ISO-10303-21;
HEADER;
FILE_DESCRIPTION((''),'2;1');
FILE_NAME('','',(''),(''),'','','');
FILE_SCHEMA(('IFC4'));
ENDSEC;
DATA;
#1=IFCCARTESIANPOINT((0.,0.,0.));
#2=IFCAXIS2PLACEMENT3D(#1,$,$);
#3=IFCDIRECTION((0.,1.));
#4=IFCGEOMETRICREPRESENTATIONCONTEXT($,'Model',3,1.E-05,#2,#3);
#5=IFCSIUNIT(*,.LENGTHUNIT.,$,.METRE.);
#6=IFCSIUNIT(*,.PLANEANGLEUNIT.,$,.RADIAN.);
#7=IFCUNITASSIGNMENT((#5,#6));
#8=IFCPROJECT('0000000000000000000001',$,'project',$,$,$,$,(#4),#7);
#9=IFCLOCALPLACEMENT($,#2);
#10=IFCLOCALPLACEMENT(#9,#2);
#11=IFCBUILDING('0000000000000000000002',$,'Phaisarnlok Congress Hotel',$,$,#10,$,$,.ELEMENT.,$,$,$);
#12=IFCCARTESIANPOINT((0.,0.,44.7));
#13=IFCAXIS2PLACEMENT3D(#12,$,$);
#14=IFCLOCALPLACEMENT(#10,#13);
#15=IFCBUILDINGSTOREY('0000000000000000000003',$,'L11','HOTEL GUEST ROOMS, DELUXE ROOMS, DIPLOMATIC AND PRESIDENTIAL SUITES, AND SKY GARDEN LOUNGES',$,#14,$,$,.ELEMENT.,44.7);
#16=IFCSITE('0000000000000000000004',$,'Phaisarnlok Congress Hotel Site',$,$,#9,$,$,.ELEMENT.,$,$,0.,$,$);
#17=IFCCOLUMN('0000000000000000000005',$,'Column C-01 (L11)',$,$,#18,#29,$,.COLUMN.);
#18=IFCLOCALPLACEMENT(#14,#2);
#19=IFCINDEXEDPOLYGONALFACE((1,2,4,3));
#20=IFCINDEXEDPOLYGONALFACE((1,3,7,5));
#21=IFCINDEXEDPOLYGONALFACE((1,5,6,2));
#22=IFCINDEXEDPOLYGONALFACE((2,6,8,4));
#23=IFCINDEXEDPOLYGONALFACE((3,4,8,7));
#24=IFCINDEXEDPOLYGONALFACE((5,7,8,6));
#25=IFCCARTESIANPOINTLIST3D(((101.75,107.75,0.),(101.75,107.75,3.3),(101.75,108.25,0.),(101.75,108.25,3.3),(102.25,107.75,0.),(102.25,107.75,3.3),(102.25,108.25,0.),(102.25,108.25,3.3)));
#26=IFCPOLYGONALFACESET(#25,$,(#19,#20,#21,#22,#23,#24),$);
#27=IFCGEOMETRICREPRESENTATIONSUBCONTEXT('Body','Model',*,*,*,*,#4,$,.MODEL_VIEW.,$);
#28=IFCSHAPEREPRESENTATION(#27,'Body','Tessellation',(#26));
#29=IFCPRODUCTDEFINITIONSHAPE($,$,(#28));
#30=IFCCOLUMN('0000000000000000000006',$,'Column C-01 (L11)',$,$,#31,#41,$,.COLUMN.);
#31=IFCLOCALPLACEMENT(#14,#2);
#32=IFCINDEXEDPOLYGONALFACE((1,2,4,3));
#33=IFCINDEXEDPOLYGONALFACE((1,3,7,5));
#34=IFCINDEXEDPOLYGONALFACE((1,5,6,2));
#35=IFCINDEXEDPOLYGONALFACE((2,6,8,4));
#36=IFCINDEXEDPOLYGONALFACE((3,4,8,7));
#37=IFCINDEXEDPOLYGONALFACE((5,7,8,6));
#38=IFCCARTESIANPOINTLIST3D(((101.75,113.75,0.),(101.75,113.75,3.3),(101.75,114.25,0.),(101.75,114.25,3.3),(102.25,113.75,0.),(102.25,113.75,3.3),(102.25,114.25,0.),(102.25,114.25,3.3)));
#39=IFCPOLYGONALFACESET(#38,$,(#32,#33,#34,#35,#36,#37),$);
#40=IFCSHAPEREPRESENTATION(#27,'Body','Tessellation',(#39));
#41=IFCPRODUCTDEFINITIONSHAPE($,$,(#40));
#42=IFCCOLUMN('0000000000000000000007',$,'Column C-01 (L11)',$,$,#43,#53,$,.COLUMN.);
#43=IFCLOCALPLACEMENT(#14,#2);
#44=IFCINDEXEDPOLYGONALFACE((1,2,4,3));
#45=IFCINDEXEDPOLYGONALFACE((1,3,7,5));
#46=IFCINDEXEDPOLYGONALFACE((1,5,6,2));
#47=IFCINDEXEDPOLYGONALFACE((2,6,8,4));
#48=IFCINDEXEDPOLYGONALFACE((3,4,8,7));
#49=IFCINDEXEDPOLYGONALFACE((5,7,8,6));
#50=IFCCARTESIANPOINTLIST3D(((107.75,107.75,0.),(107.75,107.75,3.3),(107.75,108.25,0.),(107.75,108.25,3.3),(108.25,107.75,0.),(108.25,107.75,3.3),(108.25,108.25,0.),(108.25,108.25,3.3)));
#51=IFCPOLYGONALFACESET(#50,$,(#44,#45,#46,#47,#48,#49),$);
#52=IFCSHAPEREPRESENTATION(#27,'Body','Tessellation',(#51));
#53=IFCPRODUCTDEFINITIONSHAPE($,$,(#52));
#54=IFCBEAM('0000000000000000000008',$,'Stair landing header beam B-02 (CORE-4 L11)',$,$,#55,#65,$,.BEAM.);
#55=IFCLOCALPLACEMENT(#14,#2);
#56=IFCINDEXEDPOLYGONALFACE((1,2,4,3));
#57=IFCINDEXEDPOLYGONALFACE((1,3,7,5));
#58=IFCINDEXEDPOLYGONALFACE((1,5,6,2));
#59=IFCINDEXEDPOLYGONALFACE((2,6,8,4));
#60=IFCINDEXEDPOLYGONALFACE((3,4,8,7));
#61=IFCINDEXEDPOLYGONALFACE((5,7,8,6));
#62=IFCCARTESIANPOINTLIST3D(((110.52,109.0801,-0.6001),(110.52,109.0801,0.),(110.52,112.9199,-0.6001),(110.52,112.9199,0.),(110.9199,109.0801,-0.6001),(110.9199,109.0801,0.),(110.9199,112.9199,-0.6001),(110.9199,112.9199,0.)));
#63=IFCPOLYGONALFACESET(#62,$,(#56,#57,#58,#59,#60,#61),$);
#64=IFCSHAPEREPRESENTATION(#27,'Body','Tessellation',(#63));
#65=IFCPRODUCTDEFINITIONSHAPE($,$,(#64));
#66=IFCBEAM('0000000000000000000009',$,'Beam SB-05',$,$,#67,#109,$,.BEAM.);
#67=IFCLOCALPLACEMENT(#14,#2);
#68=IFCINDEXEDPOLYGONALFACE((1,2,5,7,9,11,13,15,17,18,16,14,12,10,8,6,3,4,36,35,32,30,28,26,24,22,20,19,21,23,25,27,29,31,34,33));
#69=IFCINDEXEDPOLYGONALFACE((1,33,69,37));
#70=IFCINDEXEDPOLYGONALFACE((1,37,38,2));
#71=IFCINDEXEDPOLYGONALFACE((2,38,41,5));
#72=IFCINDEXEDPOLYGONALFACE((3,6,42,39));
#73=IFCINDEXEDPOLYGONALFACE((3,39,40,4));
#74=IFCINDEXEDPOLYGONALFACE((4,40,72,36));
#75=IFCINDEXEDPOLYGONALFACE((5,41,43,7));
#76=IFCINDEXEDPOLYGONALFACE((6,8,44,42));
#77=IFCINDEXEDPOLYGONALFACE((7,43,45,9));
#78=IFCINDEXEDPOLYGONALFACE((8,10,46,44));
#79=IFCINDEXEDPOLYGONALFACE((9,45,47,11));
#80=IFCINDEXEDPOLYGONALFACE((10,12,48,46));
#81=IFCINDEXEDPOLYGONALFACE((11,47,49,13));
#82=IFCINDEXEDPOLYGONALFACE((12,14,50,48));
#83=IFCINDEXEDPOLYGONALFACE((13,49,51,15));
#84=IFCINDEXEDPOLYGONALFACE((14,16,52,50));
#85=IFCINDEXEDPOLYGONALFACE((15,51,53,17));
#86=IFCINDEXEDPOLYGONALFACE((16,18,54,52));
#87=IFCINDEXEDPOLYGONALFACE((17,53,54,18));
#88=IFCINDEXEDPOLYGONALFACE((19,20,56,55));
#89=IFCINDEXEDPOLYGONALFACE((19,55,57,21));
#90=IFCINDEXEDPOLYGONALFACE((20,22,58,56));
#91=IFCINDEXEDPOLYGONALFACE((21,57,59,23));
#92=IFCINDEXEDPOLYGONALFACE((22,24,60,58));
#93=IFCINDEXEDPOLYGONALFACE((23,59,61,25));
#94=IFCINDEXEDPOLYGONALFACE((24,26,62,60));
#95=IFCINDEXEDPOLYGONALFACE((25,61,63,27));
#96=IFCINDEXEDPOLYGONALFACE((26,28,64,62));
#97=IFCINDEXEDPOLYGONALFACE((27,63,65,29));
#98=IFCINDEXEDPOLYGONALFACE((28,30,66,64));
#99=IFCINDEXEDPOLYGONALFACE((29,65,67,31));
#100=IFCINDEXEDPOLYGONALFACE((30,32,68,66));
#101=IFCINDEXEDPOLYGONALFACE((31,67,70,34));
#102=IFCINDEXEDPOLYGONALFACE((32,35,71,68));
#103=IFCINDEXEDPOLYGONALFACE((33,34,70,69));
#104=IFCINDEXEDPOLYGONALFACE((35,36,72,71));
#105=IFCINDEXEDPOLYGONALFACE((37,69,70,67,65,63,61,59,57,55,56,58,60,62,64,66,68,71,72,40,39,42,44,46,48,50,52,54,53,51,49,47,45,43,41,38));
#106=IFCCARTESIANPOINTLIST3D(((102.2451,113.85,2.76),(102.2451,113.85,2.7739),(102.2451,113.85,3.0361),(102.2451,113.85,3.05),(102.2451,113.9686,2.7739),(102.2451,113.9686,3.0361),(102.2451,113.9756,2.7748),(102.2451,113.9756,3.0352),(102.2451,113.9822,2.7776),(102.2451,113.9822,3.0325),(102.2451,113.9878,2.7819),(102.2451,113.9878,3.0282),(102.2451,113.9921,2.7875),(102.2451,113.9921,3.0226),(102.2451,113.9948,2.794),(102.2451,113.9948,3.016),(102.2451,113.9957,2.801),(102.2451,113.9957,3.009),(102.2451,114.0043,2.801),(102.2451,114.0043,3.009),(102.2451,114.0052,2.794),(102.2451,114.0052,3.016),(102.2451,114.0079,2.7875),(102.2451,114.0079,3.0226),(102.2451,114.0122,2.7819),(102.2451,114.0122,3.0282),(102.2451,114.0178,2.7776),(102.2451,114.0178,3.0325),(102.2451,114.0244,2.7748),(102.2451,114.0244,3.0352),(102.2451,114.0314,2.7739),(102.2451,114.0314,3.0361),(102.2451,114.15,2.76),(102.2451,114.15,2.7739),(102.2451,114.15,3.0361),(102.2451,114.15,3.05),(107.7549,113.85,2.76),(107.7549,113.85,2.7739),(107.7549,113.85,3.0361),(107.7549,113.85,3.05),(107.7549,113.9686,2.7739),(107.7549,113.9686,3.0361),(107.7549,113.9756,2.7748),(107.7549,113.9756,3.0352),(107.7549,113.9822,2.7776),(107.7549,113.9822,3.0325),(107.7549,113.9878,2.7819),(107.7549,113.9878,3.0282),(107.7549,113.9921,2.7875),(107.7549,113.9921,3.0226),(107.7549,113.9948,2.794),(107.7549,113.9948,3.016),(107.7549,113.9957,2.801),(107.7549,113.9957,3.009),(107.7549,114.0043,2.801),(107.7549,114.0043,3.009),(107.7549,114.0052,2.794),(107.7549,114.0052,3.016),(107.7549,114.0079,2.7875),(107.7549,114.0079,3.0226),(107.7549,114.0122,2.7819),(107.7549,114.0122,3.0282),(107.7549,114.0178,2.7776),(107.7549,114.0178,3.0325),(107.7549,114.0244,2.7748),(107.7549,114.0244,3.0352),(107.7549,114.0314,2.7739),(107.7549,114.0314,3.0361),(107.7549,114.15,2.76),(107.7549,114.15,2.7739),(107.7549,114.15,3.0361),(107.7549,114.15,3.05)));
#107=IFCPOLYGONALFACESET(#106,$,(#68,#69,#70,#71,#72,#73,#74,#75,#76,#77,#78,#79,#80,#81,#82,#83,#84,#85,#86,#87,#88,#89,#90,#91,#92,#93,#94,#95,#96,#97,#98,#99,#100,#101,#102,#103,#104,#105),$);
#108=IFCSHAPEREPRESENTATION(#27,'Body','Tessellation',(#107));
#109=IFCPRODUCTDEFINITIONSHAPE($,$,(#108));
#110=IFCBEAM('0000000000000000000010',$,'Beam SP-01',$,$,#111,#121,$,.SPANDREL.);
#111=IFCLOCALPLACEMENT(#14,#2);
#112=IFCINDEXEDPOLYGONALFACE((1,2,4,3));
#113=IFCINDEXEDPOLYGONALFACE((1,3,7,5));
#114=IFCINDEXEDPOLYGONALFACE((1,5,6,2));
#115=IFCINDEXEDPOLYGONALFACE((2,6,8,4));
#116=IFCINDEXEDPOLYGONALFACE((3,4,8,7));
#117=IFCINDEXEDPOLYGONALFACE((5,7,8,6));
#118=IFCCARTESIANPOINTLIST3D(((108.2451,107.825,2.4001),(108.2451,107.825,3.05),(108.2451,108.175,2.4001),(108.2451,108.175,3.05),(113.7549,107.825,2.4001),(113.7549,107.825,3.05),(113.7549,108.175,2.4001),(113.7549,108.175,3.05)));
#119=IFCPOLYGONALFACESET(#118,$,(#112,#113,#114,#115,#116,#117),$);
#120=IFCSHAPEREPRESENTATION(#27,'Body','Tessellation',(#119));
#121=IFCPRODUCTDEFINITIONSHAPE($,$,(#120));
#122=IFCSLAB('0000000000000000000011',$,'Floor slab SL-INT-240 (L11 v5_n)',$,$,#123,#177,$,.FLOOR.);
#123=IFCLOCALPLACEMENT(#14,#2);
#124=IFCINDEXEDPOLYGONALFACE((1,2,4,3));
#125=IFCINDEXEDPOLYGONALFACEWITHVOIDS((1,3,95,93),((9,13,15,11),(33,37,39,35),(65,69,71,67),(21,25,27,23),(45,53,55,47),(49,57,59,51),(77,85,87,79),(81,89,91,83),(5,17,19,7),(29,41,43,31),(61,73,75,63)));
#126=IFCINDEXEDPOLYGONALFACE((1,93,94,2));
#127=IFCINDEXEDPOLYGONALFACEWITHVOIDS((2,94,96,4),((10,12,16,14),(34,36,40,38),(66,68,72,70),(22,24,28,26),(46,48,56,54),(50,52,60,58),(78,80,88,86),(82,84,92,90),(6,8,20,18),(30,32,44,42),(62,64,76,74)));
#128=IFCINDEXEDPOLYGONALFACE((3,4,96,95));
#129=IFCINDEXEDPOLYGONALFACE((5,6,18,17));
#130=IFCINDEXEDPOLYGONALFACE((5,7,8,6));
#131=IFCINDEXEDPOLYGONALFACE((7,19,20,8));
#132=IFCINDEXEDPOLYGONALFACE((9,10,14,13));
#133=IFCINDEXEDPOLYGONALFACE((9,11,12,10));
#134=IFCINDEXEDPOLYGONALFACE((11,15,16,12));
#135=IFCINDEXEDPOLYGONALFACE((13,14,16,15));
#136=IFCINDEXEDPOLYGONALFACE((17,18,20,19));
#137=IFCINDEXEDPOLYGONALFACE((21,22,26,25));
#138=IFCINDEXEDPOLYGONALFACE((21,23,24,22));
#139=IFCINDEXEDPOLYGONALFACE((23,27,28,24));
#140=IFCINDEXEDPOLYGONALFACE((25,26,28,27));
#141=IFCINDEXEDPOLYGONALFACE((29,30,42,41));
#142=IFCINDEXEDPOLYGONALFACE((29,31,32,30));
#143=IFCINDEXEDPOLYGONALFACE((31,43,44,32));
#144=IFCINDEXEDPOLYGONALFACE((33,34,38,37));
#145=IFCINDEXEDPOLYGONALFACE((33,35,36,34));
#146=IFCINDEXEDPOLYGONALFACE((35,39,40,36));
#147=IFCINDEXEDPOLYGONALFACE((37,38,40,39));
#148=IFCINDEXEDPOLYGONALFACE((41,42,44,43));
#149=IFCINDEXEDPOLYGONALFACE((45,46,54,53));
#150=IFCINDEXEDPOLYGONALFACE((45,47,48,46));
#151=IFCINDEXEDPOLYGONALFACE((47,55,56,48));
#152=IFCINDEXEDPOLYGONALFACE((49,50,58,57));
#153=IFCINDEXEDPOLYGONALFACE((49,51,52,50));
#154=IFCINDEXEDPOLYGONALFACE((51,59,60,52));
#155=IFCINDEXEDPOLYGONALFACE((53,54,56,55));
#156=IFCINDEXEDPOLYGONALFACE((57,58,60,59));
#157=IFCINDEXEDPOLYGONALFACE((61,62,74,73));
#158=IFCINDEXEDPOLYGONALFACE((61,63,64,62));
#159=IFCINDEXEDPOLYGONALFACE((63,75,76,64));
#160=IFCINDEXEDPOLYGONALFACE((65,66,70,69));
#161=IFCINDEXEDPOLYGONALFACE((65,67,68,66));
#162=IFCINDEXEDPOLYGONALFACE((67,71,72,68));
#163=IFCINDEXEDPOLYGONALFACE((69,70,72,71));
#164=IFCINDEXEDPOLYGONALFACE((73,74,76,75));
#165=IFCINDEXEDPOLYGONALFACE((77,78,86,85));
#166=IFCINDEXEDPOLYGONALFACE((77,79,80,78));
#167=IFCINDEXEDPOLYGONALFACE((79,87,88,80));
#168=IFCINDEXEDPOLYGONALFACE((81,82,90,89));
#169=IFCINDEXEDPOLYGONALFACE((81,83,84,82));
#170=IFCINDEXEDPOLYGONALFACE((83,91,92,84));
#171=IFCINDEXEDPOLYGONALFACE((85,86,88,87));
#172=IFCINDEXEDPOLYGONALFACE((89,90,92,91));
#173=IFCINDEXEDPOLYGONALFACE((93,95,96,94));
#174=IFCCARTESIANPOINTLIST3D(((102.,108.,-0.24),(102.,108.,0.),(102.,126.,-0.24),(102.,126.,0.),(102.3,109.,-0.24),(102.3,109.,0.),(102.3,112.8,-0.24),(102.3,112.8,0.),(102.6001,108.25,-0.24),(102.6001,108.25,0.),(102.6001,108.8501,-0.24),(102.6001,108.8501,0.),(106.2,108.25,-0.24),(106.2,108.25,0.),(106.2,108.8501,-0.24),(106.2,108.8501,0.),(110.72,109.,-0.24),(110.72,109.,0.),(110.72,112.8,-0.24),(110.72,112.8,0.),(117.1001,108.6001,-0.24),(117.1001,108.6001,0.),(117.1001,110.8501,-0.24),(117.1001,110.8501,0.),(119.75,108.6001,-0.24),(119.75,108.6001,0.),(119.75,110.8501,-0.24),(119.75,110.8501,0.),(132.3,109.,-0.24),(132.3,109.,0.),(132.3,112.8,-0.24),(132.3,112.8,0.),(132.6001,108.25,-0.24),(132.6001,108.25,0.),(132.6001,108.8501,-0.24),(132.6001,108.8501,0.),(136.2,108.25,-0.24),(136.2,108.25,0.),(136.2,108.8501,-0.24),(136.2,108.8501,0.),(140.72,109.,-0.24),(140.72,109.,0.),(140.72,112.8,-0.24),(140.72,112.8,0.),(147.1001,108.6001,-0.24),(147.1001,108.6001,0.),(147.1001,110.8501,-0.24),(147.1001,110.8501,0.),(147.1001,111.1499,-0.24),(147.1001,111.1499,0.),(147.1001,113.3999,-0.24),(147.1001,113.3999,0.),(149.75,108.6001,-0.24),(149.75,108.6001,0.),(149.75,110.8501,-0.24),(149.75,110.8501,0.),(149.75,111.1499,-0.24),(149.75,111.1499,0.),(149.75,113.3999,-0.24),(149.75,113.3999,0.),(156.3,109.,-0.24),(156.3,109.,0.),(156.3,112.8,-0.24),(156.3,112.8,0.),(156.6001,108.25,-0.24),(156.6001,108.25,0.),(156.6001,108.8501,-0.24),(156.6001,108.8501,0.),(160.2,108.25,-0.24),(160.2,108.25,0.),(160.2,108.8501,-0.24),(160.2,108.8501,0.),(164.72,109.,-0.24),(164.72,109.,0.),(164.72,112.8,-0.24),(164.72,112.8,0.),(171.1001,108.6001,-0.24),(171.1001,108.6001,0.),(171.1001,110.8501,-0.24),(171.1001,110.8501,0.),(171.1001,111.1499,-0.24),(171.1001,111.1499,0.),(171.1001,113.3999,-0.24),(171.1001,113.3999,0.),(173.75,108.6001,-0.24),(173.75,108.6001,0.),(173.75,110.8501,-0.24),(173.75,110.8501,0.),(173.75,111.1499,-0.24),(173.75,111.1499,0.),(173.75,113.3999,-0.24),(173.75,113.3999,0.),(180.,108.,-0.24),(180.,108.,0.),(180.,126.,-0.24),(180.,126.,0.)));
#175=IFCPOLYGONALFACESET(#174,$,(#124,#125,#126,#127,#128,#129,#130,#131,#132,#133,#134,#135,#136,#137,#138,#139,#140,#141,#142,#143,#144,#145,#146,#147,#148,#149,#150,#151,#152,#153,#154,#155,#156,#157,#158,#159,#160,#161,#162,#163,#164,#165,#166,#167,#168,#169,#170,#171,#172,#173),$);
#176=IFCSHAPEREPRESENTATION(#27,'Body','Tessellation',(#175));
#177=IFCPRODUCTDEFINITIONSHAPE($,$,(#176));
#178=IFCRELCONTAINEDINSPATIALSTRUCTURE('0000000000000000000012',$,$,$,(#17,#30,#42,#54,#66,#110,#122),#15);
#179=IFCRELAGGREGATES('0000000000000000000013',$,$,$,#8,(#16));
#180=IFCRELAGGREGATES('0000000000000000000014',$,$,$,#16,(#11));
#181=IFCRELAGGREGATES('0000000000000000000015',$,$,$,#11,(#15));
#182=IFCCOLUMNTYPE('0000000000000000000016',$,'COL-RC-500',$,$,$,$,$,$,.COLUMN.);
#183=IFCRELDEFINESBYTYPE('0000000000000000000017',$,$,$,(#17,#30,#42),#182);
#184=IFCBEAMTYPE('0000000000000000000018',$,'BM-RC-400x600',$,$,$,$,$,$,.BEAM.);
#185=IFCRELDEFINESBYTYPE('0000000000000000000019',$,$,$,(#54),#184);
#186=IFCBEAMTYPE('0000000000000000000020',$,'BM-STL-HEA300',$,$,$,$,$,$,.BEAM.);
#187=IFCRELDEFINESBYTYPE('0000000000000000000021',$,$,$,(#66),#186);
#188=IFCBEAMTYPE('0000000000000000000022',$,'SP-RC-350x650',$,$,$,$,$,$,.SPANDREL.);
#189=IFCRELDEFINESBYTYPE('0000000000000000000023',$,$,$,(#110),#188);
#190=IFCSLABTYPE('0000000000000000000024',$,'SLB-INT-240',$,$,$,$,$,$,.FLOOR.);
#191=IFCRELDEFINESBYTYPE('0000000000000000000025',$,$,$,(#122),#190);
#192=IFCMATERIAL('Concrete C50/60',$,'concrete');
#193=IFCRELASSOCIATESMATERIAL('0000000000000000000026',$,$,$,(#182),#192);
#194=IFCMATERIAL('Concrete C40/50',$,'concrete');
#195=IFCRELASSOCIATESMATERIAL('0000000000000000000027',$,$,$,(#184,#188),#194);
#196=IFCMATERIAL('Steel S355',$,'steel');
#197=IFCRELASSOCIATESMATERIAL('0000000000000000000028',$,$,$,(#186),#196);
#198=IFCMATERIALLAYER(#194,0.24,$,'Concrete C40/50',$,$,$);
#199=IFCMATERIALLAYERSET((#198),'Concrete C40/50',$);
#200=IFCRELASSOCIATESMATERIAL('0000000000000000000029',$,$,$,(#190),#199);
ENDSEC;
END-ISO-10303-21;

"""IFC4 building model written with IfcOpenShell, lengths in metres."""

from ifc_helpers import new_model, si_unit, direction, frame, origin, origin_2d, place, context, subcontext, project, spatial, polyline, rectangle, i_section, outline, extrude, material, layer, layer_set, material_profile, profile_set, type_object, element, save


model = new_model("IFC4")

# Units and contexts
model_context = context("Model", 3, precision=1e-05, world=origin(), true_north=direction((0.0, 1.0)))
body_context = subcontext(model_context, "Body", "Model", "MODEL_VIEW")
ifc_project = project(units=[si_unit("LENGTHUNIT", "METRE"), si_unit("PLANEANGLEUNIT", "RADIAN")], contexts=[model_context])

# Site, building, storey
site_placement = place(None, origin())
site = spatial("IfcSite", under=ifc_project, at=site_placement, Name="Phaisarnlok Congress Hotel Site", CompositionType="ELEMENT", RefElevation=0.0)
building_placement = place(site_placement, origin())
building = spatial("IfcBuilding", under=site, at=building_placement, Name="Phaisarnlok Congress Hotel", CompositionType="ELEMENT")
storey_placement = place(building_placement, frame((0.0, 0.0, 44.7)))
storey = spatial("IfcBuildingStorey", under=building, at=storey_placement, Name="L11", Description="HOTEL GUEST ROOMS, DELUXE ROOMS, DIPLOMATIC AND PRESIDENTIAL SUITES, AND SKY GARDEN LOUNGES", CompositionType="ELEMENT", Elevation=44.7)

# Columns
ifc_material_1 = material(Name="Concrete C50/60", Category="concrete")
ifc_material_profile_1 = material_profile(ifc_material_1, rectangle(XDim=0.5, YDim=0.5, at=origin_2d()), Name="RC 500x500")
ifc_profile_set_1 = profile_set([ifc_material_profile_1], Name="Concrete C50/60")
column_type = type_object("IfcColumnType", Name="COL-RC-500", PredefinedType="COLUMN", material=ifc_profile_set_1)
for number, where, z_axis, x_axis, name in (
    (1, (102.0, 108.0, 0.0), (0.0, 0.0, 1.0), (1.0, 0.0, 0.0), "Column C-01 (L11)"),
    (2, (102.0, 114.0, 0.0), (0.0, 0.0, 1.0), (1.0, 0.0, 0.0), "Column C-01 (L11)"),
    (3, (108.0, 108.0, 0.0), (0.0, 0.0, 1.0), (1.0, 0.0, 0.0), "Column C-01 (L11)"),
):
    element("IfcColumn", number, at=place(storey_placement, frame(where, z_axis=z_axis, x_axis=x_axis)), inside=storey, type_object=column_type, Name=name, PredefinedType="COLUMN", context=body_context, shape_type="SweptSolid", body=[
        extrude(rectangle(XDim=0.5, YDim=0.5, at=origin_2d()), origin(), (0.0, 0.0, 1.0), 3.3),
    ])

# Beams
ifc_material_2 = material(Name="Concrete C40/50", Category="concrete")
ifc_material_profile_2 = material_profile(ifc_material_2, rectangle(XDim=0.3999, YDim=0.6001, at=origin_2d()), Name="RC 400x600")
ifc_profile_set_2 = profile_set([ifc_material_profile_2], Name="Concrete C40/50")
beam_type_1 = type_object("IfcBeamType", Name="BM-RC-400x600", PredefinedType="BEAM", material=ifc_profile_set_2)
beam_1_placement = place(storey_placement, frame((110.72, 109.0801, -0.3), z_axis=(0.0, 1.0, 0.0), x_axis=(-1.0, 0.0, 0.0)))
element("IfcBeam", 4, at=beam_1_placement, inside=storey, type_object=beam_type_1, Name="Stair landing header beam B-02 (CORE-4 L11)", PredefinedType="BEAM", context=body_context, shape_type="SweptSolid", body=[
    extrude(rectangle(XDim=0.3999, YDim=0.6001, at=origin_2d()), origin(), (0.0, 0.0, 1.0), 3.8398),
])
ifc_material_3 = material(Name="Steel S355", Category="steel")
ifc_material_profile_3 = material_profile(ifc_material_3, i_section(OverallWidth=0.3, OverallDepth=0.29, WebThickness=0.0085, FlangeThickness=0.0139, FilletRadius=0.0271, at=origin_2d()), Name="HEA 300")
ifc_profile_set_3 = profile_set([ifc_material_profile_3], Name="Steel S355")
beam_type_2 = type_object("IfcBeamType", Name="BM-STL-HEA300", PredefinedType="BEAM", material=ifc_profile_set_3)
beam_2_placement = place(storey_placement, frame((102.2451, 114.0, 2.905), z_axis=(1.0, 0.0, 0.0), x_axis=(0.0, 1.0, 0.0)))
element("IfcBeam", 5, at=beam_2_placement, inside=storey, type_object=beam_type_2, Name="Beam SB-05", PredefinedType="BEAM", context=body_context, shape_type="SweptSolid", body=[
    extrude(i_section(OverallWidth=0.3, OverallDepth=0.29, WebThickness=0.0085, FlangeThickness=0.0139, FilletRadius=0.0271, at=origin_2d()), origin(), (0.0, 0.0, 1.0), 5.5098),
])
ifc_material_profile_4 = material_profile(ifc_material_2, rectangle(XDim=0.3501, YDim=0.6499, at=origin_2d()), Name="RC 350x650")
ifc_profile_set_4 = profile_set([ifc_material_profile_4], Name="Concrete C40/50")
beam_type_3 = type_object("IfcBeamType", Name="SP-RC-350x650", PredefinedType="SPANDREL", material=ifc_profile_set_4)
beam_3_placement = place(storey_placement, frame((108.2451, 108.0, 2.7251), z_axis=(1.0, 0.0, 0.0), x_axis=(0.0, 1.0, 0.0)))
element("IfcBeam", 6, at=beam_3_placement, inside=storey, type_object=beam_type_3, Name="Beam SP-01", PredefinedType="SPANDREL", context=body_context, shape_type="SweptSolid", body=[
    extrude(rectangle(XDim=0.3501, YDim=0.6499, at=origin_2d()), origin(), (0.0, 0.0, 1.0), 5.5098),
])

# Slab
ifc_layer_1 = layer(ifc_material_2, 0.24, Name="Concrete C40/50")
ifc_layer_set_1 = layer_set([ifc_layer_1], Name="Concrete C40/50")
slab_type_1 = type_object("IfcSlabType", Name="SLB-INT-240", PredefinedType="FLOOR", material=ifc_layer_set_1)
slab_1_placement = place(storey_placement, frame((0.0, 0.0, -0.24)))
element("IfcSlab", 7, at=slab_1_placement, inside=storey, type_object=slab_type_1, Name="Floor slab SL-INT-240 (L11 v5_n)", PredefinedType="FLOOR", context=body_context, shape_type="SweptSolid", body=[
    extrude(outline(polyline([(180.0, 108.0), (180.0, 126.0), (102.0, 126.0), (102.0, 108.0), (180.0, 108.0)]), holes=[polyline([(164.72, 112.8), (156.3, 112.8), (156.3, 109.0), (164.72, 109.0), (164.72, 112.8)]), polyline([(140.72, 112.8), (132.3, 112.8), (132.3, 109.0), (140.72, 109.0), (140.72, 112.8)]), polyline([(110.72, 112.8), (102.3, 112.8), (102.3, 109.0), (110.72, 109.0), (110.72, 112.8)]), polyline([(173.75, 108.6001), (173.75, 110.8501), (171.1001, 110.8501), (171.1001, 108.6001), (173.75, 108.6001)]), polyline([(173.75, 111.1499), (173.75, 113.3999), (171.1001, 113.3999), (171.1001, 111.1499), (173.75, 111.1499)]), polyline([(160.2, 108.25), (160.2, 108.8501), (156.6001, 108.8501), (156.6001, 108.25), (160.2, 108.25)]), polyline([(149.75, 108.6001), (149.75, 110.8501), (147.1001, 110.8501), (147.1001, 108.6001), (149.75, 108.6001)]), polyline([(149.75, 111.1499), (149.75, 113.3999), (147.1001, 113.3999), (147.1001, 111.1499), (149.75, 111.1499)]), polyline([(136.2, 108.25), (136.2, 108.8501), (132.6001, 108.8501), (132.6001, 108.25), (136.2, 108.25)]), polyline([(119.75, 108.6001), (119.75, 110.8501), (117.1001, 110.8501), (117.1001, 108.6001), (119.75, 108.6001)]), polyline([(106.2, 108.25), (106.2, 108.8501), (102.6001, 108.8501), (102.6001, 108.25), (106.2, 108.25)])]), origin(), (0.0, 0.0, 1.0), 0.24),
])

save(model, "model.ifc")
